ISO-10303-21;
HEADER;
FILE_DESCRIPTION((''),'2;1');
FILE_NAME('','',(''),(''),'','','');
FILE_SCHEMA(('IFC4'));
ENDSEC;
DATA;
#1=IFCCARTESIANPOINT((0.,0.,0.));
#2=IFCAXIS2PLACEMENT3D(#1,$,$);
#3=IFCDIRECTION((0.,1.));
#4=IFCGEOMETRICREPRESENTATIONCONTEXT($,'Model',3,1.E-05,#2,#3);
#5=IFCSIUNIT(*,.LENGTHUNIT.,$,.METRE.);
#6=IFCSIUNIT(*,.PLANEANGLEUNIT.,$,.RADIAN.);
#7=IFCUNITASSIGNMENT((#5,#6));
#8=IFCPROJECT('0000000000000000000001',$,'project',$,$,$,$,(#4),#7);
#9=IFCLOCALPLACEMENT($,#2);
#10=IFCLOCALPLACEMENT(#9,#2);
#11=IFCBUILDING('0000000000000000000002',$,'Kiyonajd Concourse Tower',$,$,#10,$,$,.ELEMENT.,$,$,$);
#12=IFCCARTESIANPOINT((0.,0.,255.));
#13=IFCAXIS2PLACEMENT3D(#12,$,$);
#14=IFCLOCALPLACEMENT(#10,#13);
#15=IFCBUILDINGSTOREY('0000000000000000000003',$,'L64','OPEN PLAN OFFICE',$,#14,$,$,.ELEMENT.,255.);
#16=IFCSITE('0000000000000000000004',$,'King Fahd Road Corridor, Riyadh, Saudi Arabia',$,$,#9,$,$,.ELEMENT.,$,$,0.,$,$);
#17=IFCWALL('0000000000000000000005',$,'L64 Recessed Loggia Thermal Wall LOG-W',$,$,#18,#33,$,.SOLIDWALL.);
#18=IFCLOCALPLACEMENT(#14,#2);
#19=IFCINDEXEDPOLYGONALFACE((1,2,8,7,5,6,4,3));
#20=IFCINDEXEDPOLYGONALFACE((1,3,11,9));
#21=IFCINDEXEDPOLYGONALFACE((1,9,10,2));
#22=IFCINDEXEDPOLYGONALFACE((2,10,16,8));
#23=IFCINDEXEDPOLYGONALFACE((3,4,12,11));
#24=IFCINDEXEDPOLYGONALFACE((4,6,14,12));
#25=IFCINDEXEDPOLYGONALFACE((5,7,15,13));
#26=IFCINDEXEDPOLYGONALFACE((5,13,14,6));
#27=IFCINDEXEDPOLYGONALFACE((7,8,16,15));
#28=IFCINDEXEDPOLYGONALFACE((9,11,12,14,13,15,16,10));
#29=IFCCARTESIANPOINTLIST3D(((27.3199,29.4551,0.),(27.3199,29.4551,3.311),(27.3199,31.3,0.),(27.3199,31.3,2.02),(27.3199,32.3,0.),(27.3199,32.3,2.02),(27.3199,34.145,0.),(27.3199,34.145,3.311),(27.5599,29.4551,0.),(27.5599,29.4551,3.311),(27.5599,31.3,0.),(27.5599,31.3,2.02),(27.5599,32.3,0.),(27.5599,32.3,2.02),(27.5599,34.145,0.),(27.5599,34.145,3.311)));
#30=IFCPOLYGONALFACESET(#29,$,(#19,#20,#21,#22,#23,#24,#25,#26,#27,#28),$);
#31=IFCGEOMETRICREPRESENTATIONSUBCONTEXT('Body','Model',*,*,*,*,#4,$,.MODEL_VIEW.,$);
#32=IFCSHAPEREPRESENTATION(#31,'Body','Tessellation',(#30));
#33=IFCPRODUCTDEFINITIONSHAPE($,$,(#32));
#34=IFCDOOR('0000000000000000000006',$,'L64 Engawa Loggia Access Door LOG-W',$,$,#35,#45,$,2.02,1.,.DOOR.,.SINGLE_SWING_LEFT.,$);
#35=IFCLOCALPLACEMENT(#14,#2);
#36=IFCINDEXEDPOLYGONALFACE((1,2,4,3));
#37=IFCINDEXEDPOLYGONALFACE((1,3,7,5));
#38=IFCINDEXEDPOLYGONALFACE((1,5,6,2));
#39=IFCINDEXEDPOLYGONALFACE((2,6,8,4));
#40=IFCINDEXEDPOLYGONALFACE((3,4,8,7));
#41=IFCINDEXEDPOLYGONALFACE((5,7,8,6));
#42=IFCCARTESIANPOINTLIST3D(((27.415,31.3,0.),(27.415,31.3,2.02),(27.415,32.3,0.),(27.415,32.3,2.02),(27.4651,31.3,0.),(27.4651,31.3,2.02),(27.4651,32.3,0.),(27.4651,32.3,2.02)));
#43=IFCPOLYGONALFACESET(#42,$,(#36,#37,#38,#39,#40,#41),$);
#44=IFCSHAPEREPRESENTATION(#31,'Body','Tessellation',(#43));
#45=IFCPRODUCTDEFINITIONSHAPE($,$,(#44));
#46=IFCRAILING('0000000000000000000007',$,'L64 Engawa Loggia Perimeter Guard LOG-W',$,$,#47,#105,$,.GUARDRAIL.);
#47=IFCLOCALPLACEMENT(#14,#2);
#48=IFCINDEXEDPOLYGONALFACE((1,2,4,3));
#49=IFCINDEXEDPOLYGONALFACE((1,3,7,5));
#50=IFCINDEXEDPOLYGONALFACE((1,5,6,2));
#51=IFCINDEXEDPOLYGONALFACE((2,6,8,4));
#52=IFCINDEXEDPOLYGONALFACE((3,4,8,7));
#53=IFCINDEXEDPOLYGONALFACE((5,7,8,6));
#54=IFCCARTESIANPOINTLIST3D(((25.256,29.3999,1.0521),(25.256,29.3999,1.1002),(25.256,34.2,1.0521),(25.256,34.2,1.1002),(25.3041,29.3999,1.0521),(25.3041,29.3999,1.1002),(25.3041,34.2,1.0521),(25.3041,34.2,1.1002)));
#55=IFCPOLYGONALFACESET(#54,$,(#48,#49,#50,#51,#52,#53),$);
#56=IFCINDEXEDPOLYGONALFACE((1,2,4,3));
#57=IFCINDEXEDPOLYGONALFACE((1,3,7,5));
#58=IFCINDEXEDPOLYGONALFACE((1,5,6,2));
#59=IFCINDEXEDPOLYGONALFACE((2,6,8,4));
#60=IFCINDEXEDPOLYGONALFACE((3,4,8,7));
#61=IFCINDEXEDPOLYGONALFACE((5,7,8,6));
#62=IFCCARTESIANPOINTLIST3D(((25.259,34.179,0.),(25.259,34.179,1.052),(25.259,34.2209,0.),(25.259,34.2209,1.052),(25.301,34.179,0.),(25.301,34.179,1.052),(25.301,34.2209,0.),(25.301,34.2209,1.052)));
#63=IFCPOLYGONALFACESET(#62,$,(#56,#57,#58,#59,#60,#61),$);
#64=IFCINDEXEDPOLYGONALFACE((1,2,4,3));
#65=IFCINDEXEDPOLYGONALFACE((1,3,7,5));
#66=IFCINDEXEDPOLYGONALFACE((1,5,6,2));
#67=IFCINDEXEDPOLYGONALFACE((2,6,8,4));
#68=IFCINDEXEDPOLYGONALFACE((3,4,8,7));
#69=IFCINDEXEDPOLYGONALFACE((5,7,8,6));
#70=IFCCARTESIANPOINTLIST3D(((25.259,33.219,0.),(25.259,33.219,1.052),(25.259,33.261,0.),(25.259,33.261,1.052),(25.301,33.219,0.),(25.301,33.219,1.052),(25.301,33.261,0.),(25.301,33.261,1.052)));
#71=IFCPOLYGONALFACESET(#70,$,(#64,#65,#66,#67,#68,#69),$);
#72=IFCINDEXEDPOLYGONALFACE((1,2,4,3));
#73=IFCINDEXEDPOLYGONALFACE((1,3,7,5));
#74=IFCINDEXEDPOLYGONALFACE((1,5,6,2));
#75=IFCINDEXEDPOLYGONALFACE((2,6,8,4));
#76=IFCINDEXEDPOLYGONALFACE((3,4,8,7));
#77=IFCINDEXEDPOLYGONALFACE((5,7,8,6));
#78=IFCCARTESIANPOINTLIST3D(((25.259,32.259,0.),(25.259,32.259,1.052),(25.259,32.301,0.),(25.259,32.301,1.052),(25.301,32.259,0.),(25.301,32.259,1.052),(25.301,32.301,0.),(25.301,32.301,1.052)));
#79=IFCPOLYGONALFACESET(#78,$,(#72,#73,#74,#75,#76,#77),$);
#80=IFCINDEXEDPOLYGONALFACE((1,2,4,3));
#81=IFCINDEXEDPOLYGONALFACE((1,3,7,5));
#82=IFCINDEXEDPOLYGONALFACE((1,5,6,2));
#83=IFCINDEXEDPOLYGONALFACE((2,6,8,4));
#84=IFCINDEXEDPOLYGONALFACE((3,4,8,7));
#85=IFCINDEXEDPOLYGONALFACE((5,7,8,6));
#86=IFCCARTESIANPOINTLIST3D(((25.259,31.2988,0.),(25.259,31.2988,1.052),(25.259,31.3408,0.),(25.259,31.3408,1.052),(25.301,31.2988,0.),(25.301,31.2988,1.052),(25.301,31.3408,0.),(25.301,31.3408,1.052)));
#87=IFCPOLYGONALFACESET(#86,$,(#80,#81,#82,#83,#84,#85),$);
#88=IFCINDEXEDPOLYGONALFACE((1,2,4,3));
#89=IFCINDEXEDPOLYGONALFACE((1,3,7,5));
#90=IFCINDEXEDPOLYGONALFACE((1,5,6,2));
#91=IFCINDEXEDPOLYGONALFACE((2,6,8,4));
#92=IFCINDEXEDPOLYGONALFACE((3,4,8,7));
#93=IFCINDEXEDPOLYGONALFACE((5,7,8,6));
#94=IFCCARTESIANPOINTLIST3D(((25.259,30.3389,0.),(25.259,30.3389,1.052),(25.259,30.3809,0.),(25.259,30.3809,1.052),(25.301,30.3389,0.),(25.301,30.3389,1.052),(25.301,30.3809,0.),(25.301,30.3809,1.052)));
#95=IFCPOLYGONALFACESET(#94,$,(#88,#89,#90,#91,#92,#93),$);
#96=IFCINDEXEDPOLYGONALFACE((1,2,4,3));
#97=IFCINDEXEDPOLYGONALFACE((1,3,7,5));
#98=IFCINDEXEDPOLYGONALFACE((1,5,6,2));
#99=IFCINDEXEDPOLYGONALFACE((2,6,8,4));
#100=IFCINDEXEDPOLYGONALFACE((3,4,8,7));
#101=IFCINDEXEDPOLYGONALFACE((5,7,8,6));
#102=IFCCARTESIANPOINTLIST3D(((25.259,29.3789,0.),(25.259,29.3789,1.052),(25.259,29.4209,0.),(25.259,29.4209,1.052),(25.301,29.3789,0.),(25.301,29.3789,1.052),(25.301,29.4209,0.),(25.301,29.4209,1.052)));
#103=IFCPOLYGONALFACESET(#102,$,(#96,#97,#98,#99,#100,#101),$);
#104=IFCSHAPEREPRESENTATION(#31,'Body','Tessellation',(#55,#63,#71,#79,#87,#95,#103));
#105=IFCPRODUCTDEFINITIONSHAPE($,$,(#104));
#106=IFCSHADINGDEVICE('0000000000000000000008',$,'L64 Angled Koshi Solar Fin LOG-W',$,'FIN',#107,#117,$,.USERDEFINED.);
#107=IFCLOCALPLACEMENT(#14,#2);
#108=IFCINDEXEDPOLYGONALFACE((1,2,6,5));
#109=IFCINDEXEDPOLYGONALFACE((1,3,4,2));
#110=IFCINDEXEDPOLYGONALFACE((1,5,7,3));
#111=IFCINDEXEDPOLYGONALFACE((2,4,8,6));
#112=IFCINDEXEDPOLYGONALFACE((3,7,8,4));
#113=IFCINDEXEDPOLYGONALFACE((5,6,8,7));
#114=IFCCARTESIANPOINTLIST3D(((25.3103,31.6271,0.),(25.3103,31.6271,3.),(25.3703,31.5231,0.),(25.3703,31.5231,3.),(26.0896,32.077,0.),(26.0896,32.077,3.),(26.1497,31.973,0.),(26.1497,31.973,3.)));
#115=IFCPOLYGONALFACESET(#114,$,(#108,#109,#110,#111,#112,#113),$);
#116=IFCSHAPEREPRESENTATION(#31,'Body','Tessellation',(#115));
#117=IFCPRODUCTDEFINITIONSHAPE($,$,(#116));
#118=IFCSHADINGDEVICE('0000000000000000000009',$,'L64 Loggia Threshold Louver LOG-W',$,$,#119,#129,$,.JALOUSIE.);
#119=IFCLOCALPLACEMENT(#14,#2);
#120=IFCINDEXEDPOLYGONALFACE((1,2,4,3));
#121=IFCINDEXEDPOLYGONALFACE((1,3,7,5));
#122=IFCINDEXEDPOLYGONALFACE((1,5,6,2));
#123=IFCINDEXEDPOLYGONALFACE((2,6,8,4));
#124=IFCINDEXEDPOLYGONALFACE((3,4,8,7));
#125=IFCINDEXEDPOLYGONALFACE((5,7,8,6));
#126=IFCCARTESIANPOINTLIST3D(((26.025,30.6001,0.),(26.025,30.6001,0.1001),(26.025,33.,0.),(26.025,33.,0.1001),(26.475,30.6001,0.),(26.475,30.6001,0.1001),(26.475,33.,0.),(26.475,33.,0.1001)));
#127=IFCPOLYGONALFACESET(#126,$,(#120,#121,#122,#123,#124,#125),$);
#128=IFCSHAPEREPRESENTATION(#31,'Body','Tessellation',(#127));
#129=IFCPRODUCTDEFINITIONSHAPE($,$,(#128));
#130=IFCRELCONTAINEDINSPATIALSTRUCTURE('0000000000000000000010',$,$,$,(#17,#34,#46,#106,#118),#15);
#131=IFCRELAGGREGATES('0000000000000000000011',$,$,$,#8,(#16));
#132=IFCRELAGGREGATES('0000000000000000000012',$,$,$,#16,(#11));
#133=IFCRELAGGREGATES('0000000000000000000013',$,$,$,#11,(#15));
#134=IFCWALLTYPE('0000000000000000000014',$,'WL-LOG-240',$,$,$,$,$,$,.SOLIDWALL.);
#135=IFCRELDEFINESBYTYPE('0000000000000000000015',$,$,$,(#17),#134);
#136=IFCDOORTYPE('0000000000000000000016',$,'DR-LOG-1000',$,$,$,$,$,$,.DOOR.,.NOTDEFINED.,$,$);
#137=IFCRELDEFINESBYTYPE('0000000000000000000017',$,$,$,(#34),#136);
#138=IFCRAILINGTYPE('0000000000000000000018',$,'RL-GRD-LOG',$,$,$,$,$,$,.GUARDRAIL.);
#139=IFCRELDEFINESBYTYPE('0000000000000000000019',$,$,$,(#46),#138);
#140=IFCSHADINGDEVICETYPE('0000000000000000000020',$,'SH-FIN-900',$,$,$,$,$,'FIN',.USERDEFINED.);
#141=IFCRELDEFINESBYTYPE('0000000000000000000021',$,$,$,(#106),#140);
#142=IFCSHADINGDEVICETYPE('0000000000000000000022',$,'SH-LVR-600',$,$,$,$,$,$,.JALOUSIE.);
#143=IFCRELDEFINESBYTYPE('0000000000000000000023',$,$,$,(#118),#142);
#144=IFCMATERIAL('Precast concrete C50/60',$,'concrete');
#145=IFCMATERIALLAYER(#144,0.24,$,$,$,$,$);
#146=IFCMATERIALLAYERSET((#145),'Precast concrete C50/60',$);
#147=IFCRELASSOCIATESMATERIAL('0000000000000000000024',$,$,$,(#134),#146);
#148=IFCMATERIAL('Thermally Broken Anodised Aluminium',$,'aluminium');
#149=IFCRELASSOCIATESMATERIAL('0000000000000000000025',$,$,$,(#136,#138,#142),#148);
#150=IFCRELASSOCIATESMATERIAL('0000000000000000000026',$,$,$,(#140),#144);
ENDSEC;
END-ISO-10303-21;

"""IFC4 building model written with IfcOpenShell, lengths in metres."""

from ifc_helpers import new_model, si_unit, direction, frame, frame_2d, origin, origin_2d, place, context, subcontext, project, spatial, rectangle, extrude, material, layer, layer_set, type_object, element, fill, save


model = new_model("IFC4")

# Units and contexts
model_context = context("Model", 3, precision=1e-05, world=origin(), true_north=direction((0.0, 1.0)))
body_context = subcontext(model_context, "Body", "Model", "MODEL_VIEW")
ifc_project = project(units=[si_unit("LENGTHUNIT", "METRE"), si_unit("PLANEANGLEUNIT", "RADIAN")], contexts=[model_context])

# Site, building, storey
site_placement = place(None, origin())
site = spatial("IfcSite", under=ifc_project, at=site_placement, Name="King Fahd Road Corridor, Riyadh, Saudi Arabia", CompositionType="ELEMENT", RefElevation=0.0)
building_placement = place(site_placement, origin())
building = spatial("IfcBuilding", under=site, at=building_placement, Name="Kiyonajd Concourse Tower", CompositionType="ELEMENT")
storey_placement = place(building_placement, frame((0.0, 0.0, 255.0)))
storey = spatial("IfcBuildingStorey", under=building, at=storey_placement, Name="L64", Description="OPEN PLAN OFFICE", CompositionType="ELEMENT", Elevation=255.0)

# Shared definitions
ifc_material_1 = material(Name="Thermally Broken Anodised Aluminium", Category="aluminium")

# Shared definitions
ifc_material_2 = material(Name="Precast concrete C50/60", Category="concrete")

# Wall, opening, door
ifc_layer_1 = layer(ifc_material_2, 0.24)
ifc_layer_set_1 = layer_set([ifc_layer_1], Name="Precast concrete C50/60")
wall_type_1 = type_object("IfcWallType", Name="WL-LOG-240", PredefinedType="SOLIDWALL", material=ifc_layer_set_1)
wall_1_placement = place(storey_placement, frame((27.4399, 29.4551, 0.0), z_axis=(0.0, 0.0, 1.0), x_axis=(0.0, 1.0, 0.0)))
wall_1 = element("IfcWall", 1, at=wall_1_placement, inside=storey, type_object=wall_type_1, Name="L64 Recessed Loggia Thermal Wall LOG-W", PredefinedType="SOLIDWALL", context=body_context, shape_type="SweptSolid", body=[
    extrude(rectangle(XDim=4.6899, YDim=0.24, at=frame_2d((2.345, 0.0))), origin(), (0.0, 0.0, 1.0), 3.311),
])
opening_1_placement = place(wall_1_placement, frame((1.845, 0.0, 0.0)))
opening_1 = element("IfcOpeningElement", 2, at=opening_1_placement, cuts=wall_1, PredefinedType="OPENING", context=body_context, shape_type="SweptSolid", body=[
    extrude(rectangle(XDim=1.0, YDim=2.02, at=frame_2d((0.5, 1.01))), frame((0.0, 0.1299, 0.0), z_axis=(0.0, -1.0, 0.0), x_axis=(1.0, 0.0, 0.0)), (0.0, 0.0, 1.0), 0.26),
])
door_type_1 = type_object("IfcDoorType", Name="DR-LOG-1000", OperationType="NOTDEFINED", PredefinedType="DOOR", material=ifc_material_1)
door_1_placement = place(opening_1_placement, origin())
door_1 = element("IfcDoor", 3, at=door_1_placement, inside=storey, type_object=door_type_1, Name="L64 Engawa Loggia Access Door LOG-W", OperationType="SINGLE_SWING_LEFT", OverallHeight=2.02, OverallWidth=1.0, PredefinedType="DOOR", context=body_context, shape_type="SweptSolid", body=[
    extrude(rectangle(XDim=1.0, YDim=2.02, at=frame_2d((0.5, 1.01))), frame((0.0, 0.0249, 0.0), z_axis=(0.0, -1.0, 0.0), x_axis=(1.0, 0.0, 0.0)), (0.0, 0.0, 1.0), 0.05),
])
fill(opening_1, door_1)

# Railing
railing_type = type_object("IfcRailingType", Name="RL-GRD-LOG", PredefinedType="GUARDRAIL", material=ifc_material_1)
railing_placement = place(storey_placement, frame((25.28, 34.2, 0.0)))
element("IfcRailing", 4, at=railing_placement, inside=storey, type_object=railing_type, Name="L64 Engawa Loggia Perimeter Guard LOG-W", PredefinedType="GUARDRAIL", context=body_context, shape_type="SweptSolid", body=[
    extrude(rectangle(XDim=0.0481, YDim=0.0481, at=origin_2d()), frame((0.0, 0.0, 1.0762), z_axis=(0.0, -1.0, 0.0), x_axis=(1.0, 0.0, 0.0)), (0.0, 0.0, 1.0), 4.8),
    extrude(rectangle(XDim=0.042, YDim=0.042, at=origin_2d()), origin(), (0.0, 0.0, 1.0), 1.052),
    extrude(rectangle(XDim=0.042, YDim=0.042, at=origin_2d()), frame((0.0, -0.96, 0.0)), (0.0, 0.0, 1.0), 1.052),
    extrude(rectangle(XDim=0.042, YDim=0.042, at=origin_2d()), frame((0.0, -1.9199, 0.0)), (0.0, 0.0, 1.0), 1.052),
    extrude(rectangle(XDim=0.042, YDim=0.042, at=origin_2d()), frame((0.0, -2.8801, 0.0)), (0.0, 0.0, 1.0), 1.052),
    extrude(rectangle(XDim=0.042, YDim=0.042, at=origin_2d()), frame((0.0, -3.8401, 0.0)), (0.0, 0.0, 1.0), 1.052),
    extrude(rectangle(XDim=0.042, YDim=0.042, at=origin_2d()), frame((0.0, -4.8, 0.0)), (0.0, 0.0, 1.0), 1.052),
])

# Shading devices
shading_device_type_1 = type_object("IfcShadingDeviceType", Name="SH-FIN-900", ElementType="FIN", PredefinedType="USERDEFINED", material=ifc_material_2)
shading_device_1_placement = place(storey_placement, frame((25.73, 31.8, 0.0), z_axis=(0.0, 0.0, 1.0), x_axis=(0.866025, 0.5, 0.0)))
element("IfcShadingDevice", 5, at=shading_device_1_placement, inside=storey, type_object=shading_device_type_1, Name="L64 Angled Koshi Solar Fin LOG-W", ObjectType="FIN", PredefinedType="USERDEFINED", context=body_context, shape_type="SweptSolid", body=[
    extrude(rectangle(XDim=0.8999, YDim=0.1201, at=origin_2d()), origin(), (0.0, 0.0, 1.0), 3.0),
])
shading_device_type_2 = type_object("IfcShadingDeviceType", Name="SH-LVR-600", PredefinedType="JALOUSIE", material=ifc_material_1)
shading_device_2_placement = place(storey_placement, frame((26.25, 31.8, 0.0), z_axis=(0.0, 0.0, 1.0), x_axis=(0.0, 1.0, 0.0)))
element("IfcShadingDevice", 6, at=shading_device_2_placement, inside=storey, type_object=shading_device_type_2, Name="L64 Loggia Threshold Louver LOG-W", PredefinedType="JALOUSIE", context=body_context, shape_type="SweptSolid", body=[
    extrude(rectangle(XDim=2.3999, YDim=0.45, at=origin_2d()), origin(), (0.0, 0.0, 1.0), 0.1001),
])

save(model, "model.ifc")
